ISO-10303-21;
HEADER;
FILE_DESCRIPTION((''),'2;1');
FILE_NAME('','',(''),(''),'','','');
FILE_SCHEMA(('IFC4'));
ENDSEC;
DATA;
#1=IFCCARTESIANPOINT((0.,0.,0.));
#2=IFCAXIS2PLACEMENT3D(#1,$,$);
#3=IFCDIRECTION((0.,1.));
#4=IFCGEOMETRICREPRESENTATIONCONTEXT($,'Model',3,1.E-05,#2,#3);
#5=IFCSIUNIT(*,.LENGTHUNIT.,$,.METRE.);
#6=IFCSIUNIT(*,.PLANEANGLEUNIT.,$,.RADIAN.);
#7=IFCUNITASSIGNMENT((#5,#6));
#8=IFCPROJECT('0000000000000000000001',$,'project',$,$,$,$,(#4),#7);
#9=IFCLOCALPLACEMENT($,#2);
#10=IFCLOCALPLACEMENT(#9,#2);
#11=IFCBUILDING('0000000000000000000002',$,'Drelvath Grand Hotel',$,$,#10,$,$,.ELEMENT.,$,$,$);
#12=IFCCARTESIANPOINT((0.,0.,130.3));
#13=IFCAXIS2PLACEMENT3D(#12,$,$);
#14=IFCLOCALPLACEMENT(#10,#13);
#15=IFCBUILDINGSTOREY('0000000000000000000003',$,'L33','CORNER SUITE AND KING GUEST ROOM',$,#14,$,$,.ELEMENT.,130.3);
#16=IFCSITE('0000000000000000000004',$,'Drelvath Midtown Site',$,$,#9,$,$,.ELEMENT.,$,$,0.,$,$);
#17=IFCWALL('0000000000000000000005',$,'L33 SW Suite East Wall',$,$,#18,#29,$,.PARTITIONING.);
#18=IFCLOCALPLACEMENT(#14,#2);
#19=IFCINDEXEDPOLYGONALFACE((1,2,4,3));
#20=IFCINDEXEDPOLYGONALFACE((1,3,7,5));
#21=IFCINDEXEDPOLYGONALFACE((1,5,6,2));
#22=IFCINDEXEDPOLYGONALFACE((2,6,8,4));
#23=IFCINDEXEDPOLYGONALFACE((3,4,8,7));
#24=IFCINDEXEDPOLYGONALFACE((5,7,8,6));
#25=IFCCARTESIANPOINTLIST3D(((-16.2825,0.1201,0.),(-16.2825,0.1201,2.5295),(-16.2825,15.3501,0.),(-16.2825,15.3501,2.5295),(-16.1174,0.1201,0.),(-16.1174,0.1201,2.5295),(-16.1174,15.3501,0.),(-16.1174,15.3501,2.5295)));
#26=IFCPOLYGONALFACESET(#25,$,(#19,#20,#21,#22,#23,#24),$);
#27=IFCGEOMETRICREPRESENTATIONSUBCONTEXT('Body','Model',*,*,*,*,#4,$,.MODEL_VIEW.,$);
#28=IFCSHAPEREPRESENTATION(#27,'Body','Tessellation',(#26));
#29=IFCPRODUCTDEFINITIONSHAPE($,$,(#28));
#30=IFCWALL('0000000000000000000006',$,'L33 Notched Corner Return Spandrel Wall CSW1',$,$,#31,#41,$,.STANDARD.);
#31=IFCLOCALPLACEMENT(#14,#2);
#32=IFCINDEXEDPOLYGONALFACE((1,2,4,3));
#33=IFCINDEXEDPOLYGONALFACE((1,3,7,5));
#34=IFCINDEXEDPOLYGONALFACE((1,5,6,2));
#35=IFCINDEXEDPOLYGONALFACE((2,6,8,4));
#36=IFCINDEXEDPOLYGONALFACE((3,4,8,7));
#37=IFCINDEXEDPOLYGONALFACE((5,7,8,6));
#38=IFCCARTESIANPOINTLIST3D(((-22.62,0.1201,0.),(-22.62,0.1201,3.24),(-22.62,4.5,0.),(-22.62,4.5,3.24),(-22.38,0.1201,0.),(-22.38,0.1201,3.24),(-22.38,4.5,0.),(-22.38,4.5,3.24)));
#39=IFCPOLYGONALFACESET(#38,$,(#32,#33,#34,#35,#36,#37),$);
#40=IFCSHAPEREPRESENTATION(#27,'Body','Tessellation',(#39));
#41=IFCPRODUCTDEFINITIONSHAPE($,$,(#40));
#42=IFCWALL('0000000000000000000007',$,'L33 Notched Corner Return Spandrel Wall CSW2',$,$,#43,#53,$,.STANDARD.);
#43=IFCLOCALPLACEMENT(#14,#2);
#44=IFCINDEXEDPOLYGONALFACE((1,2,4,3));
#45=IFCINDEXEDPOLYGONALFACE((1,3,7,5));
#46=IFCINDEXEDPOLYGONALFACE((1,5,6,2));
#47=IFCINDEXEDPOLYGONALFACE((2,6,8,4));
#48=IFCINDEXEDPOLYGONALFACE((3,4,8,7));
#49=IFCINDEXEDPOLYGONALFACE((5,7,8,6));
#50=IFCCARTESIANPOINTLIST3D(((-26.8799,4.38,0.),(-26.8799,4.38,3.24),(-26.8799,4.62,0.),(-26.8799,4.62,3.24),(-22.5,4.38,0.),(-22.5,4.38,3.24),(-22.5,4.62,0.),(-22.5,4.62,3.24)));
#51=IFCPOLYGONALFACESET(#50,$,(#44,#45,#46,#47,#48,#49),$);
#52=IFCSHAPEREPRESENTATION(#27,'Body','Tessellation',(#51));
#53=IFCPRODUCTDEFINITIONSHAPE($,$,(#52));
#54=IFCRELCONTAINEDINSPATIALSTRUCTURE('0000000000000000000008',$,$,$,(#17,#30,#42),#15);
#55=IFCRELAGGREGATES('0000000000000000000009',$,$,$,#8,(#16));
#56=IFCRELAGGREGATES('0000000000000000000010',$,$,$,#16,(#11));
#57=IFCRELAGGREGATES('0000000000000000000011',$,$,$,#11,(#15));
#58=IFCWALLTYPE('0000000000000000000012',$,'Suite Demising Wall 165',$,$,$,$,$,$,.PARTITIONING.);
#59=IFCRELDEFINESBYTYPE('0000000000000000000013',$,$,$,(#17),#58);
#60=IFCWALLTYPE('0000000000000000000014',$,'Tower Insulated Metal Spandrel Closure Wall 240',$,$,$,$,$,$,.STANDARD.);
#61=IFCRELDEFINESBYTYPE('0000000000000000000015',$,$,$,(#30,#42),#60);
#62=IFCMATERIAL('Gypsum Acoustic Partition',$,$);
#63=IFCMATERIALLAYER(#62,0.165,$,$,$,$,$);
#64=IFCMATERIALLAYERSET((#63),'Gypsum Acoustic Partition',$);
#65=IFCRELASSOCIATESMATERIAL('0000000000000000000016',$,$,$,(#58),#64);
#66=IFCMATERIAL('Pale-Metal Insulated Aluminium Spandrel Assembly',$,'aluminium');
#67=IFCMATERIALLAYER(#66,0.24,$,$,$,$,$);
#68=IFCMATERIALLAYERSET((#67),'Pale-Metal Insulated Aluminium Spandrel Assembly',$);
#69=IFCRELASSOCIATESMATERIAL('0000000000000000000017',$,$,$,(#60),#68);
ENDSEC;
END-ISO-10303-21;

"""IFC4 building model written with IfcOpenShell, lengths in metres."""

from ifc_helpers import new_model, si_unit, direction, frame, frame_2d, origin, place, context, subcontext, project, spatial, rectangle, extrude, material, layer, layer_set, type_object, element, save


model = new_model("IFC4")

# Units and contexts
model_context = context("Model", 3, precision=1e-05, world=origin(), true_north=direction((0.0, 1.0)))
body_context = subcontext(model_context, "Body", "Model", "MODEL_VIEW")
ifc_project = project(units=[si_unit("LENGTHUNIT", "METRE"), si_unit("PLANEANGLEUNIT", "RADIAN")], contexts=[model_context])

# Site, building, storey
site_placement = place(None, origin())
site = spatial("IfcSite", under=ifc_project, at=site_placement, Name="Drelvath Midtown Site", CompositionType="ELEMENT", RefElevation=0.0)
building_placement = place(site_placement, origin())
building = spatial("IfcBuilding", under=site, at=building_placement, Name="Drelvath Grand Hotel", CompositionType="ELEMENT")
storey_placement = place(building_placement, frame((0.0, 0.0, 130.3)))
storey = spatial("IfcBuildingStorey", under=building, at=storey_placement, Name="L33", Description="CORNER SUITE AND KING GUEST ROOM", CompositionType="ELEMENT", Elevation=130.3)

# Walls
ifc_material_1 = material(Name="Gypsum Acoustic Partition")
ifc_layer_1 = layer(ifc_material_1, 0.165)
ifc_layer_set_1 = layer_set([ifc_layer_1], Name="Gypsum Acoustic Partition")
wall_type_1 = type_object("IfcWallType", Name="Suite Demising Wall 165", PredefinedType="PARTITIONING", material=ifc_layer_set_1)
wall_placement = place(storey_placement, frame((-16.2, 0.1201, 0.0), z_axis=(0.0, 0.0, 1.0), x_axis=(0.0, 1.0, 0.0)))
element("IfcWall", 1, at=wall_placement, inside=storey, type_object=wall_type_1, Name="L33 SW Suite East Wall", PredefinedType="PARTITIONING", context=body_context, shape_type="SweptSolid", body=[
    extrude(rectangle(XDim=15.23, YDim=0.165, at=frame_2d((7.615, 0.0))), origin(), (0.0, 0.0, 1.0), 2.5295),
])
ifc_material_2 = material(Name="Pale-Metal Insulated Aluminium Spandrel Assembly", Category="aluminium")
ifc_layer_2 = layer(ifc_material_2, 0.24)
ifc_layer_set_2 = layer_set([ifc_layer_2], Name="Pale-Metal Insulated Aluminium Spandrel Assembly")
wall_type_2 = type_object("IfcWallType", Name="Tower Insulated Metal Spandrel Closure Wall 240", PredefinedType="STANDARD", material=ifc_layer_set_2)
for number, where, z_axis, x_axis, name in (
    (2, (-22.5, 0.1201, 0.0), (0.0, 0.0, 1.0), (0.0, 1.0, 0.0), "L33 Notched Corner Return Spandrel Wall CSW1"),
    (3, (-22.5, 4.5, 0.0), (0.0, 0.0, 1.0), (-1.0, 0.0, 0.0), "L33 Notched Corner Return Spandrel Wall CSW2"),
):
    element("IfcWall", number, at=place(storey_placement, frame(where, z_axis=z_axis, x_axis=x_axis)), inside=storey, type_object=wall_type_2, Name=name, PredefinedType="STANDARD", context=body_context, shape_type="SweptSolid", body=[
        extrude(rectangle(XDim=4.3799, YDim=0.24, at=frame_2d((2.1899, 0.0))), origin(), (0.0, 0.0, 1.0), 3.24),
    ])

save(model, "model.ifc")
